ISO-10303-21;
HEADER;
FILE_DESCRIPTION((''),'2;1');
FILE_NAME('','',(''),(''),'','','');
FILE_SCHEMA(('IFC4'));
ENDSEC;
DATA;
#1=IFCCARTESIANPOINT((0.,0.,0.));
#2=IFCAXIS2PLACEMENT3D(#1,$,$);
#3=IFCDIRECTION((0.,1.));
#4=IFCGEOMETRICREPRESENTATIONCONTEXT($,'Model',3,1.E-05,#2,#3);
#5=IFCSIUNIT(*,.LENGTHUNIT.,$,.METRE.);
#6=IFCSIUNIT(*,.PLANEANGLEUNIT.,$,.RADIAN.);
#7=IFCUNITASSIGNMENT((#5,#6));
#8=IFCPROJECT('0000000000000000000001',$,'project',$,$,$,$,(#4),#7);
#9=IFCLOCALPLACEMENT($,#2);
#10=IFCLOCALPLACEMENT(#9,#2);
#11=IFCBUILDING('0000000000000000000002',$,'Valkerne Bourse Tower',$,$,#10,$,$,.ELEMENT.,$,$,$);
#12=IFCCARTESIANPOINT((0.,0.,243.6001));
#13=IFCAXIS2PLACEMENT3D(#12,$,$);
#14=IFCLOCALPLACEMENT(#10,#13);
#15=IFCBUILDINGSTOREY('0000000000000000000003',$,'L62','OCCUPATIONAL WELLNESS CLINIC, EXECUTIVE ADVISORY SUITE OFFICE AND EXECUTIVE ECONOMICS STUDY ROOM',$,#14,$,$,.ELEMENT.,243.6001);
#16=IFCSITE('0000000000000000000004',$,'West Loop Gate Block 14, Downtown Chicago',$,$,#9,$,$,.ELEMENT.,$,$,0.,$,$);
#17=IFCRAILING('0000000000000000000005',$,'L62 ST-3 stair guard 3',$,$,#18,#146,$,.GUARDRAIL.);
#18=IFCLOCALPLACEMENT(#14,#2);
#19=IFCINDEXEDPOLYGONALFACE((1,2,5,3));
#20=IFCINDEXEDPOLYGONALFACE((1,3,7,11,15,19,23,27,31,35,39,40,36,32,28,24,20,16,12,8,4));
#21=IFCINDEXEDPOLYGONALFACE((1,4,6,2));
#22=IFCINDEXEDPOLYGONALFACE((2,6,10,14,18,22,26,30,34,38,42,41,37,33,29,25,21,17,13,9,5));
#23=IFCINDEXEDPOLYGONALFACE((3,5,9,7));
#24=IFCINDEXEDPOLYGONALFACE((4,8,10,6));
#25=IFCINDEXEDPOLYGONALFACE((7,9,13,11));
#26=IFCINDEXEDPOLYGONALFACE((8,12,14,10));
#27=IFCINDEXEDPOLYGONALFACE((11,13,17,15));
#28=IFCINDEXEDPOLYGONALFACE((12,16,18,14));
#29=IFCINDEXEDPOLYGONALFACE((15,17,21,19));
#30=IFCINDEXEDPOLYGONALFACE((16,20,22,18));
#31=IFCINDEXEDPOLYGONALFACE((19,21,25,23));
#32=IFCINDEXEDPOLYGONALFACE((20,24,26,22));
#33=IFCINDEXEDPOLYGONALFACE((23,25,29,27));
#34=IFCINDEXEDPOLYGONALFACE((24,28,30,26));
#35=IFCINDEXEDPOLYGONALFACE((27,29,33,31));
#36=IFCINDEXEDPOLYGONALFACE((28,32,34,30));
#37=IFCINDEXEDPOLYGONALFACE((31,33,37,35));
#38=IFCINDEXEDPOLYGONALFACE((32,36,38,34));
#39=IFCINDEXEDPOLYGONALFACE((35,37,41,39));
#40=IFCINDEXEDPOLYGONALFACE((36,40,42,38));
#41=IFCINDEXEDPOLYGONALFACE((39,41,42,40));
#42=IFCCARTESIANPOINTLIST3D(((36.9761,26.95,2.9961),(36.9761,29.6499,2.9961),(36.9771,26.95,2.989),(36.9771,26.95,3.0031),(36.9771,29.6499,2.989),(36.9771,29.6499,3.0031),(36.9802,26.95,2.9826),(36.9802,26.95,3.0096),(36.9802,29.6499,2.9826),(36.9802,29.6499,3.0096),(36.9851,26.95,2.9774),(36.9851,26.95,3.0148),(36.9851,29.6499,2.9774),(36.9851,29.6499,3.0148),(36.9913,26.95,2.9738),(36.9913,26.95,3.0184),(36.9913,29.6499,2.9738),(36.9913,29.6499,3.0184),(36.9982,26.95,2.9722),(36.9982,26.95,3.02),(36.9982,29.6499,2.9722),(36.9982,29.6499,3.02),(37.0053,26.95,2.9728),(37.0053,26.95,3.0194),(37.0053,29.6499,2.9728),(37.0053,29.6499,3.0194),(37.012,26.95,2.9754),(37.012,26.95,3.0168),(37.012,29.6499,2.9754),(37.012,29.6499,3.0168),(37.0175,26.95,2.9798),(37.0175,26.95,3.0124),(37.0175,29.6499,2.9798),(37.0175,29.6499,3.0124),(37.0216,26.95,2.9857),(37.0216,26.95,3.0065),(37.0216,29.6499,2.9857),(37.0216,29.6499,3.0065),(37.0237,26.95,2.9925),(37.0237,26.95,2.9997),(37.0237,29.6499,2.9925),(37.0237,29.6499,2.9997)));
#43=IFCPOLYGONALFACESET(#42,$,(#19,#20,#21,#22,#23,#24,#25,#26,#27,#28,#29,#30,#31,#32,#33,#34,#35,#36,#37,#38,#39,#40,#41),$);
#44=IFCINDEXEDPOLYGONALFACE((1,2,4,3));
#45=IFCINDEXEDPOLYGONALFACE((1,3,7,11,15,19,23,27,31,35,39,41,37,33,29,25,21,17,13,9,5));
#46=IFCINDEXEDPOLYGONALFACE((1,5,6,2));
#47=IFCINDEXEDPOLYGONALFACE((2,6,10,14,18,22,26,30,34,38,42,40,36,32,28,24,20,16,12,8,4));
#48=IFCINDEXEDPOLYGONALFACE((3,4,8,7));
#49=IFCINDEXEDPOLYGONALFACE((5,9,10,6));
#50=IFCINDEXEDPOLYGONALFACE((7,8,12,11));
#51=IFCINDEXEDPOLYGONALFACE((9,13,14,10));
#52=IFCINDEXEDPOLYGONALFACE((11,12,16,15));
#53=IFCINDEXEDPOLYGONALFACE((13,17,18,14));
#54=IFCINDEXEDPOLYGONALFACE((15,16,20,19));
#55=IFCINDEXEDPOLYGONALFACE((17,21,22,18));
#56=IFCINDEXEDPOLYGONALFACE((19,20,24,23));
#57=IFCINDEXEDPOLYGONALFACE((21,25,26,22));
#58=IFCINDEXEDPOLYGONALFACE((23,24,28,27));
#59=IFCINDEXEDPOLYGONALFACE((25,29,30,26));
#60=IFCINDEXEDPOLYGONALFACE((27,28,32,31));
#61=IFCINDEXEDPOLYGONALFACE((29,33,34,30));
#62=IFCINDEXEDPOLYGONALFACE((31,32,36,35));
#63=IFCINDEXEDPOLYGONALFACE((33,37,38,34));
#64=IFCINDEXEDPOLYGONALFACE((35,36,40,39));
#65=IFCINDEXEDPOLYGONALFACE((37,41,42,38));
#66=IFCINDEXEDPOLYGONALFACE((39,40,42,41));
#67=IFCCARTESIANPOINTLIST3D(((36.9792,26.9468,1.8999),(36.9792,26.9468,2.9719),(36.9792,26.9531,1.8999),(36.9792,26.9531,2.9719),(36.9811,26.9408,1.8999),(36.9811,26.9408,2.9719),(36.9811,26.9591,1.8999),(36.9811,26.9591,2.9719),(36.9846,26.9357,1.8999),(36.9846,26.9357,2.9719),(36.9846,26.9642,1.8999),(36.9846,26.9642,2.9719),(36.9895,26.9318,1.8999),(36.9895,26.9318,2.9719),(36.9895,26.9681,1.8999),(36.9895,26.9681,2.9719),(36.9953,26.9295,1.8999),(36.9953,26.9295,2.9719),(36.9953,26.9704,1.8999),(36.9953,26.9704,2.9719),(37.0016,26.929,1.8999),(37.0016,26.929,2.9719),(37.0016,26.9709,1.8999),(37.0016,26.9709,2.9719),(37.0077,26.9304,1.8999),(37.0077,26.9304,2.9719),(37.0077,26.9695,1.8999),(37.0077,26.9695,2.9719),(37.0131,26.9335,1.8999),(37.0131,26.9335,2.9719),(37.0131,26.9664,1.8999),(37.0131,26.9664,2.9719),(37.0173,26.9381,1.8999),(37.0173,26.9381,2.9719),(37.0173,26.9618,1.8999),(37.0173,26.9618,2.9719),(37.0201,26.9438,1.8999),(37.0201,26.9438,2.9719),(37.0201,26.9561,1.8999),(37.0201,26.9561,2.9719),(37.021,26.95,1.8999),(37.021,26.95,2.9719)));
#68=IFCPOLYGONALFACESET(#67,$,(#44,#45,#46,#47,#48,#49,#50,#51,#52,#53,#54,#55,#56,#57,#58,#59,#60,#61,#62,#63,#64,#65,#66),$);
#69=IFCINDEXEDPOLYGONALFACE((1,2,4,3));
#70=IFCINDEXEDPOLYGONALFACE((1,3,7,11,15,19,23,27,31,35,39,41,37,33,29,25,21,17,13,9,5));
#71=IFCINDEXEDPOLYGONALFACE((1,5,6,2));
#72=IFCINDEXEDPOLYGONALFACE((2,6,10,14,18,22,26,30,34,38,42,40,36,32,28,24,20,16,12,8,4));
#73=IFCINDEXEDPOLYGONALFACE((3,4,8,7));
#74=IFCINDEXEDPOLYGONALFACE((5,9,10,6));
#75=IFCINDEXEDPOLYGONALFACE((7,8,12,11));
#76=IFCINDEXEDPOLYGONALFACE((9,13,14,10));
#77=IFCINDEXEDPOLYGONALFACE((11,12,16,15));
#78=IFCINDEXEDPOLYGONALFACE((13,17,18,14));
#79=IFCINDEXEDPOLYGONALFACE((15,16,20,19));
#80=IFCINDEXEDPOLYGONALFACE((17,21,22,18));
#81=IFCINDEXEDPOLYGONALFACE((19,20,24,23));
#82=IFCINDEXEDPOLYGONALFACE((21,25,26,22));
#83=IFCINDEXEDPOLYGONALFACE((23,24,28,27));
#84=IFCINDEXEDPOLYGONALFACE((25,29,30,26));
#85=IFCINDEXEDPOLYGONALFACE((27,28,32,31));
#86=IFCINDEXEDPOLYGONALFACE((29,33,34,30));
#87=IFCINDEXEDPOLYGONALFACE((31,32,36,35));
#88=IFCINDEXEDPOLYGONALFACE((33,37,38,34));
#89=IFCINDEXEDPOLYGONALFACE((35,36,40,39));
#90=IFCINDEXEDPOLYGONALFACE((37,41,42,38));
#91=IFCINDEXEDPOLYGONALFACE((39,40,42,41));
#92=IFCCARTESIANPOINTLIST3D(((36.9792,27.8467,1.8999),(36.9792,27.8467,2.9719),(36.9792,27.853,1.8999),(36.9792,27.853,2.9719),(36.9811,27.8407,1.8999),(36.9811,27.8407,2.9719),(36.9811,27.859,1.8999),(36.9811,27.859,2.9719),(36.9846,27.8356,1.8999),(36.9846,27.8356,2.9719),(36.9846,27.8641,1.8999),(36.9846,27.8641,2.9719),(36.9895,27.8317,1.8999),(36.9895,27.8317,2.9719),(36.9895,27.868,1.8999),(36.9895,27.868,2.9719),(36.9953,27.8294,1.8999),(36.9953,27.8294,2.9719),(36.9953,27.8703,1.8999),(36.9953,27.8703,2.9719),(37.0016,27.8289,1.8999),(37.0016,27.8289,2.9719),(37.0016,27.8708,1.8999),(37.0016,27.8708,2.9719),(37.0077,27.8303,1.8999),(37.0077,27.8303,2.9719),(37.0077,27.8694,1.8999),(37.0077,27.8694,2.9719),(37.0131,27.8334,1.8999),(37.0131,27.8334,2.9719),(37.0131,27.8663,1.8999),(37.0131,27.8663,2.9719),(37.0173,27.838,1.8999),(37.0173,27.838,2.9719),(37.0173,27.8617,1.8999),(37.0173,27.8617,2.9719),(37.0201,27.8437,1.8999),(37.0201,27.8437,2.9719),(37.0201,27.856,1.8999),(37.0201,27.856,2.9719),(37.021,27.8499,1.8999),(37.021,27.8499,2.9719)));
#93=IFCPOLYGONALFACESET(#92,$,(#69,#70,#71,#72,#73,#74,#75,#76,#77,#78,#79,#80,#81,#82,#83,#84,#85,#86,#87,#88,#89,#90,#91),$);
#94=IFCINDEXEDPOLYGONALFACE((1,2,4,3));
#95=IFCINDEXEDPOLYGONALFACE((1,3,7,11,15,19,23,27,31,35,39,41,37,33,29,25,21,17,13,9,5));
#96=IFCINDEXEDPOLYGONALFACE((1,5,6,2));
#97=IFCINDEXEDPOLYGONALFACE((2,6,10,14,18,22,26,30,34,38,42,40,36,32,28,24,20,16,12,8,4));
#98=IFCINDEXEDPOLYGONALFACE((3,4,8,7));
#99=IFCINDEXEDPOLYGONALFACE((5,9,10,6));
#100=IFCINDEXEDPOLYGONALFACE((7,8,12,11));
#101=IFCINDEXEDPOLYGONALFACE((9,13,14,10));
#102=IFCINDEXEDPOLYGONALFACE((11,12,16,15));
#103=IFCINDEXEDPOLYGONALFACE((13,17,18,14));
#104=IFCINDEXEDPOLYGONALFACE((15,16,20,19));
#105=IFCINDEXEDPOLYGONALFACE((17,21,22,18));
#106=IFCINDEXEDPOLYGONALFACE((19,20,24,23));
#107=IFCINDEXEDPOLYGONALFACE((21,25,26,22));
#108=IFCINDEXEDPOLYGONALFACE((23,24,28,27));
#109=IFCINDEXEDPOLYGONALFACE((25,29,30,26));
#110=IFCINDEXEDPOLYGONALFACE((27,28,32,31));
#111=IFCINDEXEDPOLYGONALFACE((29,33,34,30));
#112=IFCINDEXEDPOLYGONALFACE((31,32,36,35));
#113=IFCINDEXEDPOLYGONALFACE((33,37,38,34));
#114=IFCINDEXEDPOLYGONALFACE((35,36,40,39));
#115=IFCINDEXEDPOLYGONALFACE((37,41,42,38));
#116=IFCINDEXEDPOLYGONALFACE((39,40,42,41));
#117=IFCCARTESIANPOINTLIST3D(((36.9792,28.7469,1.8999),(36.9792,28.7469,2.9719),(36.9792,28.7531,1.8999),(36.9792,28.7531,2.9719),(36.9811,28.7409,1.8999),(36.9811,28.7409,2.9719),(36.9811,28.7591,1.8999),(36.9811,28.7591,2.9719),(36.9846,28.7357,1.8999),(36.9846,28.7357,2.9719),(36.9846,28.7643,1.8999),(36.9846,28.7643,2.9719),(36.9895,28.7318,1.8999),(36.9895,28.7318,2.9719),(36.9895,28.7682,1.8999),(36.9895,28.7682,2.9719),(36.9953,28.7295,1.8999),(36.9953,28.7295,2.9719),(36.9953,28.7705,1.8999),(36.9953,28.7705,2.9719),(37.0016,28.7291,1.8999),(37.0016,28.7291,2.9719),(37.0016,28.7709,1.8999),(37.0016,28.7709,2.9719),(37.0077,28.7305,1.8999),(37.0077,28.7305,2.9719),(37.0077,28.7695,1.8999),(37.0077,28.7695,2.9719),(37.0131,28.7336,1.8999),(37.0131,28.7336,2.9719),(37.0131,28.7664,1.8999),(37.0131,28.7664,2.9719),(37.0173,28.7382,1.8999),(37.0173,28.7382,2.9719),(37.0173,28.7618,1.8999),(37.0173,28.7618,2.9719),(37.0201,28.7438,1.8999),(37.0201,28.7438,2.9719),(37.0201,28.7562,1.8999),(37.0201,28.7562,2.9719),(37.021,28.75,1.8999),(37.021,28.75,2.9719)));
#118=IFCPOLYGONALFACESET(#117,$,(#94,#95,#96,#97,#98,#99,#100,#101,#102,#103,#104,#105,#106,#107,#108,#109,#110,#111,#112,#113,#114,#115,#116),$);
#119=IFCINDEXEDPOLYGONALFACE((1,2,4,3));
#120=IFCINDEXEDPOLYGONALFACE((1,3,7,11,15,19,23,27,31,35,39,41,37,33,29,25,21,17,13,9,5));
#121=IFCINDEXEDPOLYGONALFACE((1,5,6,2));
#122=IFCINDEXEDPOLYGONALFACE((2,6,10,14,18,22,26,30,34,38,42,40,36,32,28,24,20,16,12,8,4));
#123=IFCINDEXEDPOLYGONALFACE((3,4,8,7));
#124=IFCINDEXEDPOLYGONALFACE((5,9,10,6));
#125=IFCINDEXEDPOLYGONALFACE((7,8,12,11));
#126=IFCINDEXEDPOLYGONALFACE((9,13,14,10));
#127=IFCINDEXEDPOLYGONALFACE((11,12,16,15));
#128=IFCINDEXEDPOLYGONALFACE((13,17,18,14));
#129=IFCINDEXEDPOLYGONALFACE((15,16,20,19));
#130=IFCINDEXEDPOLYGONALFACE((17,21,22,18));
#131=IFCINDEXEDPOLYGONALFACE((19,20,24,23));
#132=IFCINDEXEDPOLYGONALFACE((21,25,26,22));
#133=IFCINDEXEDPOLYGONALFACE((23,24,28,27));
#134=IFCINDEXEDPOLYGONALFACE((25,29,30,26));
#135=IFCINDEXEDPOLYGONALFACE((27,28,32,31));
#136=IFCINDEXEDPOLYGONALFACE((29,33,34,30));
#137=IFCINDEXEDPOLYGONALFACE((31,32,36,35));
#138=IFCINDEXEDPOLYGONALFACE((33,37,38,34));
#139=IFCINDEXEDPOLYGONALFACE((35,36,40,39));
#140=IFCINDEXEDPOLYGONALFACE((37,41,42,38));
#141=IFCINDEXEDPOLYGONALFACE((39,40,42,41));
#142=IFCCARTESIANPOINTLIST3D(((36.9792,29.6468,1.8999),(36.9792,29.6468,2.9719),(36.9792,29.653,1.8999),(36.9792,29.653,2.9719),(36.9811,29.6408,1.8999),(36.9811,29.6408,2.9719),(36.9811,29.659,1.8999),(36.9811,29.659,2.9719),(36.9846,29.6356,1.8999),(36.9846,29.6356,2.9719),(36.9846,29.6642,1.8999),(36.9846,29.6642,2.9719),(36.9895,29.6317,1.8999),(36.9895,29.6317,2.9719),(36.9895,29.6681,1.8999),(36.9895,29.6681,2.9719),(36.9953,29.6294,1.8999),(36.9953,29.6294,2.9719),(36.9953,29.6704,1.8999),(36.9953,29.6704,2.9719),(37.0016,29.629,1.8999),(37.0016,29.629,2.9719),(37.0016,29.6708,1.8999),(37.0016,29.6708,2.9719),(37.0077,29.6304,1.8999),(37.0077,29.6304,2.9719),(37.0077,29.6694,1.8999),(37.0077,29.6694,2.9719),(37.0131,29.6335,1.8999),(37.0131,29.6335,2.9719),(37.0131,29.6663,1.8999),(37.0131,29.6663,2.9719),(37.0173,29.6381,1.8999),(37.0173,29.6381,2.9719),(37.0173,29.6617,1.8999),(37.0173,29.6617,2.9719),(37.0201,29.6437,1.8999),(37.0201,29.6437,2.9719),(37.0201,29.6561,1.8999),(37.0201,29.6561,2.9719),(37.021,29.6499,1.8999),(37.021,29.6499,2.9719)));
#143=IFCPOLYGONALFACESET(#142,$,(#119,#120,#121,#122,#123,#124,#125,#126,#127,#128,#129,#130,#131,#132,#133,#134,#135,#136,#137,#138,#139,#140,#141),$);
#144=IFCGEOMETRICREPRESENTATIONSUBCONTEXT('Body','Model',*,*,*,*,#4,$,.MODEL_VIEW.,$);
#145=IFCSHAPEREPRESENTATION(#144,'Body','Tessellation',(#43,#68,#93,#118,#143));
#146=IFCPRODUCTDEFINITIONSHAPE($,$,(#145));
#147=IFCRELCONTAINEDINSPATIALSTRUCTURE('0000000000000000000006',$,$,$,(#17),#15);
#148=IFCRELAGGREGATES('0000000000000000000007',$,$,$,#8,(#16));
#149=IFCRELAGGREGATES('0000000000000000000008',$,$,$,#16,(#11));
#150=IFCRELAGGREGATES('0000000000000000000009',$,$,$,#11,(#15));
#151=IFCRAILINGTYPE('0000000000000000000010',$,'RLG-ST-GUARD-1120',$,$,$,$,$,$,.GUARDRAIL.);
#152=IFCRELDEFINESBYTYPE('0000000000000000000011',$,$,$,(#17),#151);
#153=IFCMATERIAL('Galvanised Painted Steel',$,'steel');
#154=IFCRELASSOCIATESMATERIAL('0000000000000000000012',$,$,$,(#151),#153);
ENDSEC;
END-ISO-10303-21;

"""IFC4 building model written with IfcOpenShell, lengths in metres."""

from ifc_helpers import new_model, si_unit, direction, frame, origin, origin_2d, place, context, subcontext, project, spatial, circle, extrude, material, type_object, element, save


model = new_model("IFC4")

# Units and contexts
model_context = context("Model", 3, precision=1e-05, world=origin(), true_north=direction((0.0, 1.0)))
body_context = subcontext(model_context, "Body", "Model", "MODEL_VIEW")
ifc_project = project(units=[si_unit("LENGTHUNIT", "METRE"), si_unit("PLANEANGLEUNIT", "RADIAN")], contexts=[model_context])

# Site, building, storey
site_placement = place(None, origin())
site = spatial("IfcSite", under=ifc_project, at=site_placement, Name="West Loop Gate Block 14, Downtown Chicago", CompositionType="ELEMENT", RefElevation=0.0)
building_placement = place(site_placement, origin())
building = spatial("IfcBuilding", under=site, at=building_placement, Name="Valkerne Bourse Tower", CompositionType="ELEMENT")
storey_placement = place(building_placement, frame((0.0, 0.0, 243.6001)))
storey = spatial("IfcBuildingStorey", under=building, at=storey_placement, Name="L62", Description="OCCUPATIONAL WELLNESS CLINIC, EXECUTIVE ADVISORY SUITE OFFICE AND EXECUTIVE ECONOMICS STUDY ROOM", CompositionType="ELEMENT", Elevation=243.6001)

# Railing
ifc_material_1 = material(Name="Galvanised Painted Steel", Category="steel")
railing_type_1 = type_object("IfcRailingType", Name="RLG-ST-GUARD-1120", PredefinedType="GUARDRAIL", material=ifc_material_1)
railing_1_placement = place(storey_placement, frame((37.0, 26.95, 1.8999)))
element("IfcRailing", 1, at=railing_1_placement, inside=storey, type_object=railing_type_1, Name="L62 ST-3 stair guard 3", PredefinedType="GUARDRAIL", context=body_context, shape_type="SweptSolid", body=[
    extrude(circle(Radius=0.0239, at=origin_2d()), frame((0.0, 0.0, 1.0962), z_axis=(0.0, 1.0, 0.0), x_axis=(-1.0, 0.0, 0.0)), (0.0, 0.0, 1.0), 2.7),
    extrude(circle(Radius=0.021, at=origin_2d()), origin(), (0.0, 0.0, 1.0), 1.072),
    extrude(circle(Radius=0.021, at=origin_2d()), frame((0.0, 0.8999, 0.0)), (0.0, 0.0, 1.0), 1.072),
    extrude(circle(Radius=0.021, at=origin_2d()), frame((0.0, 1.8, 0.0)), (0.0, 0.0, 1.0), 1.072),
    extrude(circle(Radius=0.021, at=origin_2d()), frame((0.0, 2.7, 0.0)), (0.0, 0.0, 1.0), 1.072),
])

save(model, "model.ifc")
